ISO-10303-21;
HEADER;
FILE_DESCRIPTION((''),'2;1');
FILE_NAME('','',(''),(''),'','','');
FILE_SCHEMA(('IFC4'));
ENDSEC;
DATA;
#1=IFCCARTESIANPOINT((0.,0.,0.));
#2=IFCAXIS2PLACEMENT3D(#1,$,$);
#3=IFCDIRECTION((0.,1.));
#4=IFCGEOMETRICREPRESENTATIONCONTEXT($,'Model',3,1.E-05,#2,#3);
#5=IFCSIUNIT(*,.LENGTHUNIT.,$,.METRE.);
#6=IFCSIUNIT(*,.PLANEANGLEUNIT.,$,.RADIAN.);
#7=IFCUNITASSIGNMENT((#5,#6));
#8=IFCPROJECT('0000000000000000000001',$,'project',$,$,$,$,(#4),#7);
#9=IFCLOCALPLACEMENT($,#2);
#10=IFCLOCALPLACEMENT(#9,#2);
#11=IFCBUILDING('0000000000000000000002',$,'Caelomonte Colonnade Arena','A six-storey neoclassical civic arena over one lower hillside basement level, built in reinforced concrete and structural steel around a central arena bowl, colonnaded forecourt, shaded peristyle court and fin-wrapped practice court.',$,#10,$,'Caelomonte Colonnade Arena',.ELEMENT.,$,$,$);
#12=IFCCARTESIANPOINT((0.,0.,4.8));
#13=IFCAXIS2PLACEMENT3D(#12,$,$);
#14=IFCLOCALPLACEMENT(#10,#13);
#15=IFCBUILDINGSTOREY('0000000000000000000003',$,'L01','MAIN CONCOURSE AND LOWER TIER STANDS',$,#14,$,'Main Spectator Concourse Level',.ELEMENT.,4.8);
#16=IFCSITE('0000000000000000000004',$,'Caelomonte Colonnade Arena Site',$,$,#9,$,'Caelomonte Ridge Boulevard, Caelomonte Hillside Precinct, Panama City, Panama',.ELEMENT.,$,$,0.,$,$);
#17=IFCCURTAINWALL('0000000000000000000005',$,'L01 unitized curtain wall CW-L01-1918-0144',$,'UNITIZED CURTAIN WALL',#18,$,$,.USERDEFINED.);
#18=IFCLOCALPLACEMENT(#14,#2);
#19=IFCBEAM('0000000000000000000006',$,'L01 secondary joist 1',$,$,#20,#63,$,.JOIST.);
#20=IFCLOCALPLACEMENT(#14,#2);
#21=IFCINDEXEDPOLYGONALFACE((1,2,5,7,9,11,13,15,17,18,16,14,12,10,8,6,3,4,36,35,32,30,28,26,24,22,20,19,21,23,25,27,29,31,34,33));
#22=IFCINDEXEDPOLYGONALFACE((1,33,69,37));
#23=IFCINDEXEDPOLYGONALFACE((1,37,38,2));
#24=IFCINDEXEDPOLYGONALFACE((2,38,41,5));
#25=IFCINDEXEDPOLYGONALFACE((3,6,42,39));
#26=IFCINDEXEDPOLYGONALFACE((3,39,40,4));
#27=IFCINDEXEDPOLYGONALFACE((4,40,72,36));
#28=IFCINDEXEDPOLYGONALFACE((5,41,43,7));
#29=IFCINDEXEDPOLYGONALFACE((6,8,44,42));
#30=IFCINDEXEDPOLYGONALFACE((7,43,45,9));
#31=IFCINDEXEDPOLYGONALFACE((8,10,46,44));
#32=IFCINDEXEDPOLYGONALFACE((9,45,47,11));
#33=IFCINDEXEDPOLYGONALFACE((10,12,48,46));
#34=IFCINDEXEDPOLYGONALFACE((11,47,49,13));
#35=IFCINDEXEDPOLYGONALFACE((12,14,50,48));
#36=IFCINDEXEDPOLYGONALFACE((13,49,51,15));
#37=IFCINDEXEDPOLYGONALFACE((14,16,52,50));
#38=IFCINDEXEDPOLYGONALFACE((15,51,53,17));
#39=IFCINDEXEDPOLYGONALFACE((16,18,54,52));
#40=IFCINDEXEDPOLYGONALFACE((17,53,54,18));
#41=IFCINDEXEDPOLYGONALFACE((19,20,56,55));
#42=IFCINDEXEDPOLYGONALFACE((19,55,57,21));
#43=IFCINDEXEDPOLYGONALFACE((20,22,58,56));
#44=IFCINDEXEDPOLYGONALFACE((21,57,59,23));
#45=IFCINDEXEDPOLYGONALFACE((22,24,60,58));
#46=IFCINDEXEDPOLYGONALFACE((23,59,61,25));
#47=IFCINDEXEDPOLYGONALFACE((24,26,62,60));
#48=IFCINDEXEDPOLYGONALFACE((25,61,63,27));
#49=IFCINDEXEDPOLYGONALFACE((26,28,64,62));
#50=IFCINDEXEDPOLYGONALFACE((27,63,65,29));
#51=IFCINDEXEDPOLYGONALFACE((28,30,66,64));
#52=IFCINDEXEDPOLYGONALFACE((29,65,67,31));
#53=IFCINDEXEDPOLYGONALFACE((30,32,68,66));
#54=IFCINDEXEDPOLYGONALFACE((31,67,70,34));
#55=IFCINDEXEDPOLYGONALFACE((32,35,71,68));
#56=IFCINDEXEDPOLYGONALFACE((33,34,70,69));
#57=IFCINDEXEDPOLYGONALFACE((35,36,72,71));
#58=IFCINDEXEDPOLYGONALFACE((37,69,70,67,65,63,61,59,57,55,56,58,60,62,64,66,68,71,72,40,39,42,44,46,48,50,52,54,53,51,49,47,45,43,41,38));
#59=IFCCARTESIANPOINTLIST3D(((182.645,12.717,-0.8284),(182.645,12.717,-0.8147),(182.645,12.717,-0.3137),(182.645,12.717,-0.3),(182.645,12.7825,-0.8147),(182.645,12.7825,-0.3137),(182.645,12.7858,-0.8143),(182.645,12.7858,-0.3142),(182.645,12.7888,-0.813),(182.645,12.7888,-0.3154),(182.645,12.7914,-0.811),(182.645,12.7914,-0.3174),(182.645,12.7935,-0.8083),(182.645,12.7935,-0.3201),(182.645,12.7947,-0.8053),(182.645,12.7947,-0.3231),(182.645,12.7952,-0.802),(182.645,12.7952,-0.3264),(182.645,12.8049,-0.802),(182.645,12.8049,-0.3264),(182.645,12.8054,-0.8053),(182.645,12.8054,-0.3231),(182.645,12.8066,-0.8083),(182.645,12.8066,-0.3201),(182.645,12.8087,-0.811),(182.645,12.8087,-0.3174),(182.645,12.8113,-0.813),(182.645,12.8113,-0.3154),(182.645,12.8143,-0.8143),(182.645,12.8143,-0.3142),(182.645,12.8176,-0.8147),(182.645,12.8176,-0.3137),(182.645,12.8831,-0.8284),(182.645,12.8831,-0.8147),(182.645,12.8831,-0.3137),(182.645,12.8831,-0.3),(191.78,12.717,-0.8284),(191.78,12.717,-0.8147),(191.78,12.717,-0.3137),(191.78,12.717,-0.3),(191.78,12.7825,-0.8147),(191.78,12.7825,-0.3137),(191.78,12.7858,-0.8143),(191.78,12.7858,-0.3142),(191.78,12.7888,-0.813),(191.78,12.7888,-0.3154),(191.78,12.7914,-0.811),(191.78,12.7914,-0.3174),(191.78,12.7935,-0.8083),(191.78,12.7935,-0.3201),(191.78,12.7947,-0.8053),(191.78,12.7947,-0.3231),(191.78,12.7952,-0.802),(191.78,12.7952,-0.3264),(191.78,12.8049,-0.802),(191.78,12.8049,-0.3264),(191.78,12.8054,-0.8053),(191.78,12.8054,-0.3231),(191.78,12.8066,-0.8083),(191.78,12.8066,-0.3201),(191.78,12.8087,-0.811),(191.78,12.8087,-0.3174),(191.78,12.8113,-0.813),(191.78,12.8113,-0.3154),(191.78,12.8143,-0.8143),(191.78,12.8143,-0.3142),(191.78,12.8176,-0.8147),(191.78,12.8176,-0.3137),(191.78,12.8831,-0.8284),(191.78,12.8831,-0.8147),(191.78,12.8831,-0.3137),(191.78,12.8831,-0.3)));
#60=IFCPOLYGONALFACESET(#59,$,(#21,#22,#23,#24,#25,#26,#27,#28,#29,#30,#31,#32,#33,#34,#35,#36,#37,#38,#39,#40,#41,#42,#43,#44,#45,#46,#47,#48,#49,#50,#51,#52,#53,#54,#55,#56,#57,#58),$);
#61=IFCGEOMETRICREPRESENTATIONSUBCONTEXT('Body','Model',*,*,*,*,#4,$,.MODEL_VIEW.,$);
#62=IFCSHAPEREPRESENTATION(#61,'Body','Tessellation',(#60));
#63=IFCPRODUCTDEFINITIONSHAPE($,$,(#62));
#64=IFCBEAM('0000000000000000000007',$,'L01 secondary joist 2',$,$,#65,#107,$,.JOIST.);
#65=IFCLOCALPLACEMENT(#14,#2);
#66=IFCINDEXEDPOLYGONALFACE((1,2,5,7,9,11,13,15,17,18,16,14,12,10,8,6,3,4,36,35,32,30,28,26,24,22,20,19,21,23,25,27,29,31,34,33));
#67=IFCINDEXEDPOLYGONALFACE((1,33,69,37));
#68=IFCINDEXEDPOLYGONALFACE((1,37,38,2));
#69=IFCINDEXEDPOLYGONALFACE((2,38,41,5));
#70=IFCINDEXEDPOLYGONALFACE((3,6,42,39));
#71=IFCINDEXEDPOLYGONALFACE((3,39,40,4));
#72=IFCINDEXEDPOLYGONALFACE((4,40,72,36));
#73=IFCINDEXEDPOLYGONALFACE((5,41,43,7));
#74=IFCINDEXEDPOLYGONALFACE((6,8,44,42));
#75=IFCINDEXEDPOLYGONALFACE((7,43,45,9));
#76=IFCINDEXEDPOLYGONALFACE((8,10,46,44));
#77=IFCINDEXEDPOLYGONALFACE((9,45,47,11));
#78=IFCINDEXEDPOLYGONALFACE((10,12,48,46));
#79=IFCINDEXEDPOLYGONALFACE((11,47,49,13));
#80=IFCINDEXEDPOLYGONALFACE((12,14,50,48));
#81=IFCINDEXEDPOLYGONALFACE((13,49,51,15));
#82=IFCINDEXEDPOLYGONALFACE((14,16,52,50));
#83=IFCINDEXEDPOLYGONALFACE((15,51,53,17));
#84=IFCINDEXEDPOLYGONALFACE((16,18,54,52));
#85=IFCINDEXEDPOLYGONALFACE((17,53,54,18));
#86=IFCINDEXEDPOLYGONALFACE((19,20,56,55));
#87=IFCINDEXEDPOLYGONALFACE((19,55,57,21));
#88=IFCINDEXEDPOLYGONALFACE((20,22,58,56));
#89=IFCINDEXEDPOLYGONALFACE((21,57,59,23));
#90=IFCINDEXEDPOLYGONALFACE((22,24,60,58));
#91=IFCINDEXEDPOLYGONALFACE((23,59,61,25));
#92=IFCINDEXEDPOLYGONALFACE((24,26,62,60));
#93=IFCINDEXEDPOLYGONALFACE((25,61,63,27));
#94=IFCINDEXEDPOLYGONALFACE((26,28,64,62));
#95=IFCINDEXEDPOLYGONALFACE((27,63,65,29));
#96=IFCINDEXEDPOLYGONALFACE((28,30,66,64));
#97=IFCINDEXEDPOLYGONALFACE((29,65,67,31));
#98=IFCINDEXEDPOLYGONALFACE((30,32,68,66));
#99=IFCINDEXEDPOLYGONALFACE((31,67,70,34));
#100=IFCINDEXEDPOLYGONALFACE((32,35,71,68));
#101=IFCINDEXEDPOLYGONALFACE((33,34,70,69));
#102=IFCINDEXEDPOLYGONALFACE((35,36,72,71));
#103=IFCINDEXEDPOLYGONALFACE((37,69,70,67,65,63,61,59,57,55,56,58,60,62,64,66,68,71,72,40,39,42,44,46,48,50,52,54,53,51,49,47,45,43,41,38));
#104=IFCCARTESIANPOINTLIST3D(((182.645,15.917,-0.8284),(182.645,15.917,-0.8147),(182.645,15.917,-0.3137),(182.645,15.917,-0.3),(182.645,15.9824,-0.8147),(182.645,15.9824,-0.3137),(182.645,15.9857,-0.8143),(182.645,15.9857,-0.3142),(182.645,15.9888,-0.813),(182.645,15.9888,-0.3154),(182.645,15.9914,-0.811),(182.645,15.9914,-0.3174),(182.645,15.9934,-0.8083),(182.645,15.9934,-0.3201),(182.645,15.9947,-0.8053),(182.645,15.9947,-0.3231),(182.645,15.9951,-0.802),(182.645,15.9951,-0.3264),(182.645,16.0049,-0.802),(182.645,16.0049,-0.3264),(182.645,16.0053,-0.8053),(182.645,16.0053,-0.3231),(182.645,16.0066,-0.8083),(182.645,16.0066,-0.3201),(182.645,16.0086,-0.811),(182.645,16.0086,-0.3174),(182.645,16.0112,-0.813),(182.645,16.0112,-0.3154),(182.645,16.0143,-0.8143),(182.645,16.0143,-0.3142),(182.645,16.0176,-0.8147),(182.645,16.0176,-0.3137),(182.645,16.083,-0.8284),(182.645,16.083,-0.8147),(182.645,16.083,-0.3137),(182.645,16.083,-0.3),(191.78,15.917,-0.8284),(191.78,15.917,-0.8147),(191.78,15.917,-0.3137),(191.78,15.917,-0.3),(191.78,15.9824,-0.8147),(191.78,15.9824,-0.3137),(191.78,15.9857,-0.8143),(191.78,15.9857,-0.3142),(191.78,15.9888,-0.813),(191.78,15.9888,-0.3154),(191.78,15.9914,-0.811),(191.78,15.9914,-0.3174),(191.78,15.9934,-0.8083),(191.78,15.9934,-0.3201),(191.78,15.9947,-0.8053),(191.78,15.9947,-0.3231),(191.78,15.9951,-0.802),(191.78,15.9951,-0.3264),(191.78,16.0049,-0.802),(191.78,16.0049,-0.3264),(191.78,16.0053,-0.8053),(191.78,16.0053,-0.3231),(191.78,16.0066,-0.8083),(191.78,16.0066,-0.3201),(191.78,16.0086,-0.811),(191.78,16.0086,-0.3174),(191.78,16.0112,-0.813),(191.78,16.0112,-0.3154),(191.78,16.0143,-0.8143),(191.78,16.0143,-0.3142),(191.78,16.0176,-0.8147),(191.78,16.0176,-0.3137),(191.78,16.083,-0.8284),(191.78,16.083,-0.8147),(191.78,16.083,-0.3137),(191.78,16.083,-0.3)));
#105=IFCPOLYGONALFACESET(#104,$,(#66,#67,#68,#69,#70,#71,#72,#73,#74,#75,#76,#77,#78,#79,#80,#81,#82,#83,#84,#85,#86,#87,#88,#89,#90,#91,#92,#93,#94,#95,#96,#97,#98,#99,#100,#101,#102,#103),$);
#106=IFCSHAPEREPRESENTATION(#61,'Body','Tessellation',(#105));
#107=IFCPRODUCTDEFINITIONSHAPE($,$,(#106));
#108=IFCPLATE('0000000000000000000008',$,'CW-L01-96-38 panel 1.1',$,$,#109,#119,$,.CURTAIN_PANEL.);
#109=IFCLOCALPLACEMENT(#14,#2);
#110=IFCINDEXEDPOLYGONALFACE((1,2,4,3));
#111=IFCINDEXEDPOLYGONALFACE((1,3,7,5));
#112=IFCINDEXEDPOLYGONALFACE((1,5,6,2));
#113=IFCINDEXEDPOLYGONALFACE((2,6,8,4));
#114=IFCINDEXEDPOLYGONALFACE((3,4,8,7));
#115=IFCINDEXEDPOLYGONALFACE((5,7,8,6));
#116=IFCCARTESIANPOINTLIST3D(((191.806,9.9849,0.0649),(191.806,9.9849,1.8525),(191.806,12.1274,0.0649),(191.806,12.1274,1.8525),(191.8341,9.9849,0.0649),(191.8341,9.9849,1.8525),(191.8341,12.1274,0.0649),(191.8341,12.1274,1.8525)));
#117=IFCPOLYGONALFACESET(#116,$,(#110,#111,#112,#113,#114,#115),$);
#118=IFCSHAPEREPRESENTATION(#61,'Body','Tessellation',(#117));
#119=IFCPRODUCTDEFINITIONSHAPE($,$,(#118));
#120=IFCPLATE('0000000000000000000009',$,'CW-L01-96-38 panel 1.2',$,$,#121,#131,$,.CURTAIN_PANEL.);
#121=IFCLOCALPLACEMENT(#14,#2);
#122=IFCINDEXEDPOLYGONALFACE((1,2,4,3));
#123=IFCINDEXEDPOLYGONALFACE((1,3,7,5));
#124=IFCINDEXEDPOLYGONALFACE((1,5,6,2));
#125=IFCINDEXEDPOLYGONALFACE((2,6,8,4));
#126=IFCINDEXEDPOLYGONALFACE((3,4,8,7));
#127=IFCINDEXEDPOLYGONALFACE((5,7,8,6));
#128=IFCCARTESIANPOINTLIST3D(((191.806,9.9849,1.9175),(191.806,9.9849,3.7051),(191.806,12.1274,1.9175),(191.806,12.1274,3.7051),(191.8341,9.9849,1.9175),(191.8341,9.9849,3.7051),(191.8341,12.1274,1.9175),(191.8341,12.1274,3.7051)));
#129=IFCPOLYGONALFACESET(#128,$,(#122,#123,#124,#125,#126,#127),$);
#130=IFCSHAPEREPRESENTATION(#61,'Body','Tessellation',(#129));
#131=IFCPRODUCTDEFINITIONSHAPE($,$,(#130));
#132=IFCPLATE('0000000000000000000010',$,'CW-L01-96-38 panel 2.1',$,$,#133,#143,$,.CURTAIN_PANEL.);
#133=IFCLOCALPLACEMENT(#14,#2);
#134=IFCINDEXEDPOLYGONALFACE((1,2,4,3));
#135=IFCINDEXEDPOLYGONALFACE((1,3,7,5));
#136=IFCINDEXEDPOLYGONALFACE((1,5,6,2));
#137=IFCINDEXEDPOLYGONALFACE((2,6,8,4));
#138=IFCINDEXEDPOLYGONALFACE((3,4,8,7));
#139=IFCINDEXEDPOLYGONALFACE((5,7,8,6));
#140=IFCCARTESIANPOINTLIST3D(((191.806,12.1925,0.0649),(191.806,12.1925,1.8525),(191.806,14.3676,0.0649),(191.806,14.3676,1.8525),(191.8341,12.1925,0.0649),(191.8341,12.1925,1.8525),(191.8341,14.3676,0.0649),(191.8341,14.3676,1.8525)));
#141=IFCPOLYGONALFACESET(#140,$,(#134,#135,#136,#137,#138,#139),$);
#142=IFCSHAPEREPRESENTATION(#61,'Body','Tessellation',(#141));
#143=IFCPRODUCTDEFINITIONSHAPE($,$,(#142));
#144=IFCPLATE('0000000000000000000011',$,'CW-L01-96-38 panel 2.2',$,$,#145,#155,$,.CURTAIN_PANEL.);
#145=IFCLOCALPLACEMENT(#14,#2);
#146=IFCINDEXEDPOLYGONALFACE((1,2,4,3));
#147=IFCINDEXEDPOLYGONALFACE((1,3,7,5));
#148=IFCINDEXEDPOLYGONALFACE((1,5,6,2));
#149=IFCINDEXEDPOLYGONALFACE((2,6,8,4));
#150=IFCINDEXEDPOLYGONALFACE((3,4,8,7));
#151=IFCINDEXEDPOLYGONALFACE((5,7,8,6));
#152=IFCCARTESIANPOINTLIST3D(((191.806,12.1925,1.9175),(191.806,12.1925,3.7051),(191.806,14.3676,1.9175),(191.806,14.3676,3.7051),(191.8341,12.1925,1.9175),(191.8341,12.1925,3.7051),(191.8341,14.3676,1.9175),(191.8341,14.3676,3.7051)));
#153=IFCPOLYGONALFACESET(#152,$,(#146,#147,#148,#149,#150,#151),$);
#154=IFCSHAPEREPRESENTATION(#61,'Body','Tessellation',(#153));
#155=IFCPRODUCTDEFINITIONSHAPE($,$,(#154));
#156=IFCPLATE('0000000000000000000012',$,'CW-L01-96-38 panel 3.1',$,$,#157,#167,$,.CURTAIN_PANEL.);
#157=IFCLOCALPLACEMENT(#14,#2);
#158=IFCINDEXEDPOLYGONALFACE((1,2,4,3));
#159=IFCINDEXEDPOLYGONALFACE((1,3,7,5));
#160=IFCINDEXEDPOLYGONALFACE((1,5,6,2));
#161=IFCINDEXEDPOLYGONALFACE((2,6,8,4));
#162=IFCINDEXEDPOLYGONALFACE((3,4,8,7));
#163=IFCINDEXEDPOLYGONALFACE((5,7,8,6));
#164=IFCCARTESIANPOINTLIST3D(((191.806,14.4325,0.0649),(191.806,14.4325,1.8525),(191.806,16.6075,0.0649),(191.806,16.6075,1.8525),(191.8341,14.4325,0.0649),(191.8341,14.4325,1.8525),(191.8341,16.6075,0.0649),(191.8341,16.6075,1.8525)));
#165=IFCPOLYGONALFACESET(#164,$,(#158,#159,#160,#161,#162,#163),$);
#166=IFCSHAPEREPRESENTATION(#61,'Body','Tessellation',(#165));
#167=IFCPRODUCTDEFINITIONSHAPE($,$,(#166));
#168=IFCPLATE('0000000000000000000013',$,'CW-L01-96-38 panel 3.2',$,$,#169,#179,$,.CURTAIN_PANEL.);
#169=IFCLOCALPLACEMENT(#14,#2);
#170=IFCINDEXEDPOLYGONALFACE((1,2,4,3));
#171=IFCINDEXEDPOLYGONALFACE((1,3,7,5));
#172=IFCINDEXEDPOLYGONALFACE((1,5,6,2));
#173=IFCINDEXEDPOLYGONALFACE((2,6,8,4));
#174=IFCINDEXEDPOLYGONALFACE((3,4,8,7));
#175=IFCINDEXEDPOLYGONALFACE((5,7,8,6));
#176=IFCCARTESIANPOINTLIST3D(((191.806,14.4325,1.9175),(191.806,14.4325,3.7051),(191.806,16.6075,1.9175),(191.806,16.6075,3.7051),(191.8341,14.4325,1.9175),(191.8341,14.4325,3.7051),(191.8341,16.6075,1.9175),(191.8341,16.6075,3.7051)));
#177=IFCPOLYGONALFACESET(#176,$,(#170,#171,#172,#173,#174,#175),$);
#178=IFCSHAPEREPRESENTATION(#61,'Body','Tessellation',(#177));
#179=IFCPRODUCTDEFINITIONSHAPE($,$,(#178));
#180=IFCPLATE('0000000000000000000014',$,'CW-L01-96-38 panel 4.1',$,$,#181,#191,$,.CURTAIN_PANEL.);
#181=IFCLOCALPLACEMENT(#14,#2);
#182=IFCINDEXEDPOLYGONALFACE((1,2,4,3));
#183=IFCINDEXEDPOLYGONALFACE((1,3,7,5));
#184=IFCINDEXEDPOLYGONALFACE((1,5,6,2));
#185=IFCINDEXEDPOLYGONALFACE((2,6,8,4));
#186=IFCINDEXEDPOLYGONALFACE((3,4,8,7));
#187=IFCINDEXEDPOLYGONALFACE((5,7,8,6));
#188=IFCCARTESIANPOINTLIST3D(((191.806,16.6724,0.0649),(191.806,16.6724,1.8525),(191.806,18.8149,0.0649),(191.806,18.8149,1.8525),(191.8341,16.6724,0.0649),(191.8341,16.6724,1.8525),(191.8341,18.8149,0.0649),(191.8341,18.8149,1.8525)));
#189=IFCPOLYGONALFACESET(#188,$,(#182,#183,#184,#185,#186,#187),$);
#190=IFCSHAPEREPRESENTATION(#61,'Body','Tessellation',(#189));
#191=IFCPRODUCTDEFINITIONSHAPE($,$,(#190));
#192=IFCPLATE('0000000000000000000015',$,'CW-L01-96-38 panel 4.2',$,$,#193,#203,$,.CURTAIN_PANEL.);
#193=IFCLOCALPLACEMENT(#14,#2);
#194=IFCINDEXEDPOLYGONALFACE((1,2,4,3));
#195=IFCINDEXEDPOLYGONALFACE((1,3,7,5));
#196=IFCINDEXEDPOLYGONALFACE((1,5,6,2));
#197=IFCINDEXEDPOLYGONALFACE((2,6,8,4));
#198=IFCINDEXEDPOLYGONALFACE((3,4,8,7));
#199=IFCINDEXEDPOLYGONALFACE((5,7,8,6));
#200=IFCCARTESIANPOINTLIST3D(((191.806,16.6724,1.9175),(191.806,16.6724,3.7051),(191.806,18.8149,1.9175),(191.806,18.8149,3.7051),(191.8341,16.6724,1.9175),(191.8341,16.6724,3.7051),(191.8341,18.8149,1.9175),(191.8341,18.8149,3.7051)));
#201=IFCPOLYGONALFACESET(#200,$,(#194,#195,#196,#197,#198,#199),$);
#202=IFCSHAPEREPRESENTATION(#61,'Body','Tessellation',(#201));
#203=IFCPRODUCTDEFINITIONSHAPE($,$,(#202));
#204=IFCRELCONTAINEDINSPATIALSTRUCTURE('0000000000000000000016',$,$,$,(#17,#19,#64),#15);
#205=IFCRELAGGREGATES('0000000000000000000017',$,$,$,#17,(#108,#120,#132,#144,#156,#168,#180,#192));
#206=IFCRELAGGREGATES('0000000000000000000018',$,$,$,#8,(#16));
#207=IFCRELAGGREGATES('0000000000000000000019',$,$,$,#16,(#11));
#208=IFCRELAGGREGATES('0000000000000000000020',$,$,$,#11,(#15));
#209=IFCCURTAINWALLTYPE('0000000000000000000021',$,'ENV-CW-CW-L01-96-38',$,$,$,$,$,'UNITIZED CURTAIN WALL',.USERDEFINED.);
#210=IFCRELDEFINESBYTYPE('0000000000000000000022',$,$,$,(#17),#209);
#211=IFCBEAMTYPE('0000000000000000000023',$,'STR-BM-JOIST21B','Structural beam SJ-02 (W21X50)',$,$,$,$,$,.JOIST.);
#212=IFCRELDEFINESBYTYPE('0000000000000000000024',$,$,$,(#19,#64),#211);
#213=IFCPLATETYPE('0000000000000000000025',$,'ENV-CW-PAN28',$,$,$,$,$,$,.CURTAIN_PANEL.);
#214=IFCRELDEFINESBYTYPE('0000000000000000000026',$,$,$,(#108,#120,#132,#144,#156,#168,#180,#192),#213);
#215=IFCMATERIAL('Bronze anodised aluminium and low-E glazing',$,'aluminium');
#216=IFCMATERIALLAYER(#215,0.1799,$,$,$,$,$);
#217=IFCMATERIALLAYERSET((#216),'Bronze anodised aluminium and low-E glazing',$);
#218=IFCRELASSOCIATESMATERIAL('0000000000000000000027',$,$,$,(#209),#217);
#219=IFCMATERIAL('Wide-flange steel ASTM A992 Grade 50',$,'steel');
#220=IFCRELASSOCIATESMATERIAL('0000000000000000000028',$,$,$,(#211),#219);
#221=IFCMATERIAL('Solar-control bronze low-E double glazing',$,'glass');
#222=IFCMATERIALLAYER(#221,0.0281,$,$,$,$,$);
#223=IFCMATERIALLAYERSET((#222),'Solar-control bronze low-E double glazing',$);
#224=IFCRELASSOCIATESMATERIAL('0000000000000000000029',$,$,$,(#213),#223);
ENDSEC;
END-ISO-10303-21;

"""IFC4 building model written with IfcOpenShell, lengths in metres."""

from ifc_helpers import new_model, si_unit, direction, frame, origin, origin_2d, place, context, subcontext, project, spatial, rectangle, i_section, extrude, material, layer, layer_set, material_profile, profile_set, type_object, element, aggregate, save


model = new_model("IFC4")

# Units and contexts
model_context = context("Model", 3, precision=1e-05, world=origin(), true_north=direction((0.0, 1.0)))
body_context = subcontext(model_context, "Body", "Model", "MODEL_VIEW")
ifc_project = project(units=[si_unit("LENGTHUNIT", "METRE"), si_unit("PLANEANGLEUNIT", "RADIAN")], contexts=[model_context])

# Site, building, storey
site_placement = place(None, origin())
site = spatial("IfcSite", under=ifc_project, at=site_placement, Name="Caelomonte Colonnade Arena Site", LongName="Caelomonte Ridge Boulevard, Caelomonte Hillside Precinct, Panama City, Panama", CompositionType="ELEMENT", RefElevation=0.0)
building_placement = place(site_placement, origin())
building = spatial("IfcBuilding", under=site, at=building_placement, Name="Caelomonte Colonnade Arena", Description="A six-storey neoclassical civic arena over one lower hillside basement level, built in reinforced concrete and structural steel around a central arena bowl, colonnaded forecourt, shaded peristyle court and fin-wrapped practice court.", LongName="Caelomonte Colonnade Arena", CompositionType="ELEMENT")
storey_placement = place(building_placement, frame((0.0, 0.0, 4.8)))
storey = spatial("IfcBuildingStorey", under=building, at=storey_placement, Name="L01", Description="MAIN CONCOURSE AND LOWER TIER STANDS", LongName="Main Spectator Concourse Level", CompositionType="ELEMENT", Elevation=4.8)

# Curtain wall
ifc_material_1 = material(Name="Bronze anodised aluminium and low-E glazing", Category="aluminium")
ifc_layer_1 = layer(ifc_material_1, 0.1799)
ifc_layer_set_1 = layer_set([ifc_layer_1], Name="Bronze anodised aluminium and low-E glazing")
curtain_wall_type = type_object("IfcCurtainWallType", Name="ENV-CW-CW-L01-96-38", ElementType="UNITIZED CURTAIN WALL", PredefinedType="USERDEFINED", material=ifc_layer_set_1)
curtain_wall_placement = place(storey_placement, origin())
curtain_wall = element("IfcCurtainWall", 1, at=curtain_wall_placement, inside=storey, type_object=curtain_wall_type, Name="L01 unitized curtain wall CW-L01-1918-0144", ObjectType="UNITIZED CURTAIN WALL", PredefinedType="USERDEFINED")

# Beams
ifc_material_2 = material(Name="Wide-flange steel ASTM A992 Grade 50", Category="steel")
ifc_material_profile_1 = material_profile(ifc_material_2, i_section(OverallWidth=0.166, OverallDepth=0.5283, WebThickness=0.0098, FlangeThickness=0.0137, FilletRadius=0.0127, at=origin_2d()), Name="W21X50")
ifc_profile_set_1 = profile_set([ifc_material_profile_1], Name="Wide-flange steel ASTM A992 Grade 50")
beam_type = type_object("IfcBeamType", Name="STR-BM-JOIST21B", Description="Structural beam SJ-02 (W21X50)", PredefinedType="JOIST", material=ifc_profile_set_1)
for number, where, z_axis, x_axis, name in (
    (2, (182.645, 12.8, -0.5642), (1.0, 0.0, 0.0), (0.0, 1.0, 0.0), "L01 secondary joist 1"),
    (3, (182.645, 16.0, -0.5642), (1.0, 0.0, 0.0), (0.0, 1.0, 0.0), "L01 secondary joist 2"),
):
    element("IfcBeam", number, at=place(storey_placement, frame(where, z_axis=z_axis, x_axis=x_axis)), inside=storey, type_object=beam_type, Name=name, PredefinedType="JOIST", context=body_context, shape_type="SweptSolid", body=[
        extrude(i_section(OverallWidth=0.166, OverallDepth=0.5283, WebThickness=0.0098, FlangeThickness=0.0137, FilletRadius=0.0127, at=origin_2d()), origin(), (0.0, 0.0, 1.0), 9.135),
    ])

# Plates
ifc_material_3 = material(Name="Solar-control bronze low-E double glazing", Category="glass")
ifc_layer_2 = layer(ifc_material_3, 0.0281)
ifc_layer_set_2 = layer_set([ifc_layer_2], Name="Solar-control bronze low-E double glazing")
plate_type = type_object("IfcPlateType", Name="ENV-CW-PAN28", PredefinedType="CURTAIN_PANEL", material=ifc_layer_set_2)
plate_1_placement = place(storey_placement, frame((191.8201, 11.0562, 0.0649), z_axis=(0.0, 0.0, 1.0), x_axis=(0.0, 1.0, 0.0)))
plate_1 = element("IfcPlate", 4, at=plate_1_placement, type_object=plate_type, Name="CW-L01-96-38 panel 1.1", PredefinedType="CURTAIN_PANEL", context=body_context, shape_type="SweptSolid", body=[
    extrude(rectangle(XDim=2.1426, YDim=0.0281, at=origin_2d()), origin(), (0.0, 0.0, 1.0), 1.7876),
])
plate_2_placement = place(storey_placement, frame((191.8201, 11.0562, 1.9175), z_axis=(0.0, 0.0, 1.0), x_axis=(0.0, 1.0, 0.0)))
plate_2 = element("IfcPlate", 5, at=plate_2_placement, type_object=plate_type, Name="CW-L01-96-38 panel 1.2", PredefinedType="CURTAIN_PANEL", context=body_context, shape_type="SweptSolid", body=[
    extrude(rectangle(XDim=2.1426, YDim=0.0281, at=origin_2d()), origin(), (0.0, 0.0, 1.0), 1.7876),
])
plate_3_placement = place(storey_placement, frame((191.8201, 13.28, 0.0649), z_axis=(0.0, 0.0, 1.0), x_axis=(0.0, 1.0, 0.0)))
plate_3 = element("IfcPlate", 6, at=plate_3_placement, type_object=plate_type, Name="CW-L01-96-38 panel 2.1", PredefinedType="CURTAIN_PANEL", context=body_context, shape_type="SweptSolid", body=[
    extrude(rectangle(XDim=2.175, YDim=0.0281, at=origin_2d()), origin(), (0.0, 0.0, 1.0), 1.7876),
])
plate_4_placement = place(storey_placement, frame((191.8201, 13.28, 1.9175), z_axis=(0.0, 0.0, 1.0), x_axis=(0.0, 1.0, 0.0)))
plate_4 = element("IfcPlate", 7, at=plate_4_placement, type_object=plate_type, Name="CW-L01-96-38 panel 2.2", PredefinedType="CURTAIN_PANEL", context=body_context, shape_type="SweptSolid", body=[
    extrude(rectangle(XDim=2.175, YDim=0.0281, at=origin_2d()), origin(), (0.0, 0.0, 1.0), 1.7876),
])
plate_5_placement = place(storey_placement, frame((191.8201, 15.52, 0.0649), z_axis=(0.0, 0.0, 1.0), x_axis=(0.0, 1.0, 0.0)))
plate_5 = element("IfcPlate", 8, at=plate_5_placement, type_object=plate_type, Name="CW-L01-96-38 panel 3.1", PredefinedType="CURTAIN_PANEL", context=body_context, shape_type="SweptSolid", body=[
    extrude(rectangle(XDim=2.175, YDim=0.0281, at=origin_2d()), origin(), (0.0, 0.0, 1.0), 1.7876),
])
plate_6_placement = place(storey_placement, frame((191.8201, 15.52, 1.9175), z_axis=(0.0, 0.0, 1.0), x_axis=(0.0, 1.0, 0.0)))
plate_6 = element("IfcPlate", 9, at=plate_6_placement, type_object=plate_type, Name="CW-L01-96-38 panel 3.2", PredefinedType="CURTAIN_PANEL", context=body_context, shape_type="SweptSolid", body=[
    extrude(rectangle(XDim=2.175, YDim=0.0281, at=origin_2d()), origin(), (0.0, 0.0, 1.0), 1.7876),
])
plate_7_placement = place(storey_placement, frame((191.8201, 17.7437, 0.0649), z_axis=(0.0, 0.0, 1.0), x_axis=(0.0, 1.0, 0.0)))
plate_7 = element("IfcPlate", 10, at=plate_7_placement, type_object=plate_type, Name="CW-L01-96-38 panel 4.1", PredefinedType="CURTAIN_PANEL", context=body_context, shape_type="SweptSolid", body=[
    extrude(rectangle(XDim=2.1426, YDim=0.0281, at=origin_2d()), origin(), (0.0, 0.0, 1.0), 1.7876),
])
plate_8_placement = place(storey_placement, frame((191.8201, 17.7437, 1.9175), z_axis=(0.0, 0.0, 1.0), x_axis=(0.0, 1.0, 0.0)))
plate_8 = element("IfcPlate", 11, at=plate_8_placement, type_object=plate_type, Name="CW-L01-96-38 panel 4.2", PredefinedType="CURTAIN_PANEL", context=body_context, shape_type="SweptSolid", body=[
    extrude(rectangle(XDim=2.1426, YDim=0.0281, at=origin_2d()), origin(), (0.0, 0.0, 1.0), 1.7876),
])
aggregate(curtain_wall, [plate_1, plate_2, plate_3, plate_4, plate_5, plate_6, plate_7, plate_8])

save(model, "model.ifc")
